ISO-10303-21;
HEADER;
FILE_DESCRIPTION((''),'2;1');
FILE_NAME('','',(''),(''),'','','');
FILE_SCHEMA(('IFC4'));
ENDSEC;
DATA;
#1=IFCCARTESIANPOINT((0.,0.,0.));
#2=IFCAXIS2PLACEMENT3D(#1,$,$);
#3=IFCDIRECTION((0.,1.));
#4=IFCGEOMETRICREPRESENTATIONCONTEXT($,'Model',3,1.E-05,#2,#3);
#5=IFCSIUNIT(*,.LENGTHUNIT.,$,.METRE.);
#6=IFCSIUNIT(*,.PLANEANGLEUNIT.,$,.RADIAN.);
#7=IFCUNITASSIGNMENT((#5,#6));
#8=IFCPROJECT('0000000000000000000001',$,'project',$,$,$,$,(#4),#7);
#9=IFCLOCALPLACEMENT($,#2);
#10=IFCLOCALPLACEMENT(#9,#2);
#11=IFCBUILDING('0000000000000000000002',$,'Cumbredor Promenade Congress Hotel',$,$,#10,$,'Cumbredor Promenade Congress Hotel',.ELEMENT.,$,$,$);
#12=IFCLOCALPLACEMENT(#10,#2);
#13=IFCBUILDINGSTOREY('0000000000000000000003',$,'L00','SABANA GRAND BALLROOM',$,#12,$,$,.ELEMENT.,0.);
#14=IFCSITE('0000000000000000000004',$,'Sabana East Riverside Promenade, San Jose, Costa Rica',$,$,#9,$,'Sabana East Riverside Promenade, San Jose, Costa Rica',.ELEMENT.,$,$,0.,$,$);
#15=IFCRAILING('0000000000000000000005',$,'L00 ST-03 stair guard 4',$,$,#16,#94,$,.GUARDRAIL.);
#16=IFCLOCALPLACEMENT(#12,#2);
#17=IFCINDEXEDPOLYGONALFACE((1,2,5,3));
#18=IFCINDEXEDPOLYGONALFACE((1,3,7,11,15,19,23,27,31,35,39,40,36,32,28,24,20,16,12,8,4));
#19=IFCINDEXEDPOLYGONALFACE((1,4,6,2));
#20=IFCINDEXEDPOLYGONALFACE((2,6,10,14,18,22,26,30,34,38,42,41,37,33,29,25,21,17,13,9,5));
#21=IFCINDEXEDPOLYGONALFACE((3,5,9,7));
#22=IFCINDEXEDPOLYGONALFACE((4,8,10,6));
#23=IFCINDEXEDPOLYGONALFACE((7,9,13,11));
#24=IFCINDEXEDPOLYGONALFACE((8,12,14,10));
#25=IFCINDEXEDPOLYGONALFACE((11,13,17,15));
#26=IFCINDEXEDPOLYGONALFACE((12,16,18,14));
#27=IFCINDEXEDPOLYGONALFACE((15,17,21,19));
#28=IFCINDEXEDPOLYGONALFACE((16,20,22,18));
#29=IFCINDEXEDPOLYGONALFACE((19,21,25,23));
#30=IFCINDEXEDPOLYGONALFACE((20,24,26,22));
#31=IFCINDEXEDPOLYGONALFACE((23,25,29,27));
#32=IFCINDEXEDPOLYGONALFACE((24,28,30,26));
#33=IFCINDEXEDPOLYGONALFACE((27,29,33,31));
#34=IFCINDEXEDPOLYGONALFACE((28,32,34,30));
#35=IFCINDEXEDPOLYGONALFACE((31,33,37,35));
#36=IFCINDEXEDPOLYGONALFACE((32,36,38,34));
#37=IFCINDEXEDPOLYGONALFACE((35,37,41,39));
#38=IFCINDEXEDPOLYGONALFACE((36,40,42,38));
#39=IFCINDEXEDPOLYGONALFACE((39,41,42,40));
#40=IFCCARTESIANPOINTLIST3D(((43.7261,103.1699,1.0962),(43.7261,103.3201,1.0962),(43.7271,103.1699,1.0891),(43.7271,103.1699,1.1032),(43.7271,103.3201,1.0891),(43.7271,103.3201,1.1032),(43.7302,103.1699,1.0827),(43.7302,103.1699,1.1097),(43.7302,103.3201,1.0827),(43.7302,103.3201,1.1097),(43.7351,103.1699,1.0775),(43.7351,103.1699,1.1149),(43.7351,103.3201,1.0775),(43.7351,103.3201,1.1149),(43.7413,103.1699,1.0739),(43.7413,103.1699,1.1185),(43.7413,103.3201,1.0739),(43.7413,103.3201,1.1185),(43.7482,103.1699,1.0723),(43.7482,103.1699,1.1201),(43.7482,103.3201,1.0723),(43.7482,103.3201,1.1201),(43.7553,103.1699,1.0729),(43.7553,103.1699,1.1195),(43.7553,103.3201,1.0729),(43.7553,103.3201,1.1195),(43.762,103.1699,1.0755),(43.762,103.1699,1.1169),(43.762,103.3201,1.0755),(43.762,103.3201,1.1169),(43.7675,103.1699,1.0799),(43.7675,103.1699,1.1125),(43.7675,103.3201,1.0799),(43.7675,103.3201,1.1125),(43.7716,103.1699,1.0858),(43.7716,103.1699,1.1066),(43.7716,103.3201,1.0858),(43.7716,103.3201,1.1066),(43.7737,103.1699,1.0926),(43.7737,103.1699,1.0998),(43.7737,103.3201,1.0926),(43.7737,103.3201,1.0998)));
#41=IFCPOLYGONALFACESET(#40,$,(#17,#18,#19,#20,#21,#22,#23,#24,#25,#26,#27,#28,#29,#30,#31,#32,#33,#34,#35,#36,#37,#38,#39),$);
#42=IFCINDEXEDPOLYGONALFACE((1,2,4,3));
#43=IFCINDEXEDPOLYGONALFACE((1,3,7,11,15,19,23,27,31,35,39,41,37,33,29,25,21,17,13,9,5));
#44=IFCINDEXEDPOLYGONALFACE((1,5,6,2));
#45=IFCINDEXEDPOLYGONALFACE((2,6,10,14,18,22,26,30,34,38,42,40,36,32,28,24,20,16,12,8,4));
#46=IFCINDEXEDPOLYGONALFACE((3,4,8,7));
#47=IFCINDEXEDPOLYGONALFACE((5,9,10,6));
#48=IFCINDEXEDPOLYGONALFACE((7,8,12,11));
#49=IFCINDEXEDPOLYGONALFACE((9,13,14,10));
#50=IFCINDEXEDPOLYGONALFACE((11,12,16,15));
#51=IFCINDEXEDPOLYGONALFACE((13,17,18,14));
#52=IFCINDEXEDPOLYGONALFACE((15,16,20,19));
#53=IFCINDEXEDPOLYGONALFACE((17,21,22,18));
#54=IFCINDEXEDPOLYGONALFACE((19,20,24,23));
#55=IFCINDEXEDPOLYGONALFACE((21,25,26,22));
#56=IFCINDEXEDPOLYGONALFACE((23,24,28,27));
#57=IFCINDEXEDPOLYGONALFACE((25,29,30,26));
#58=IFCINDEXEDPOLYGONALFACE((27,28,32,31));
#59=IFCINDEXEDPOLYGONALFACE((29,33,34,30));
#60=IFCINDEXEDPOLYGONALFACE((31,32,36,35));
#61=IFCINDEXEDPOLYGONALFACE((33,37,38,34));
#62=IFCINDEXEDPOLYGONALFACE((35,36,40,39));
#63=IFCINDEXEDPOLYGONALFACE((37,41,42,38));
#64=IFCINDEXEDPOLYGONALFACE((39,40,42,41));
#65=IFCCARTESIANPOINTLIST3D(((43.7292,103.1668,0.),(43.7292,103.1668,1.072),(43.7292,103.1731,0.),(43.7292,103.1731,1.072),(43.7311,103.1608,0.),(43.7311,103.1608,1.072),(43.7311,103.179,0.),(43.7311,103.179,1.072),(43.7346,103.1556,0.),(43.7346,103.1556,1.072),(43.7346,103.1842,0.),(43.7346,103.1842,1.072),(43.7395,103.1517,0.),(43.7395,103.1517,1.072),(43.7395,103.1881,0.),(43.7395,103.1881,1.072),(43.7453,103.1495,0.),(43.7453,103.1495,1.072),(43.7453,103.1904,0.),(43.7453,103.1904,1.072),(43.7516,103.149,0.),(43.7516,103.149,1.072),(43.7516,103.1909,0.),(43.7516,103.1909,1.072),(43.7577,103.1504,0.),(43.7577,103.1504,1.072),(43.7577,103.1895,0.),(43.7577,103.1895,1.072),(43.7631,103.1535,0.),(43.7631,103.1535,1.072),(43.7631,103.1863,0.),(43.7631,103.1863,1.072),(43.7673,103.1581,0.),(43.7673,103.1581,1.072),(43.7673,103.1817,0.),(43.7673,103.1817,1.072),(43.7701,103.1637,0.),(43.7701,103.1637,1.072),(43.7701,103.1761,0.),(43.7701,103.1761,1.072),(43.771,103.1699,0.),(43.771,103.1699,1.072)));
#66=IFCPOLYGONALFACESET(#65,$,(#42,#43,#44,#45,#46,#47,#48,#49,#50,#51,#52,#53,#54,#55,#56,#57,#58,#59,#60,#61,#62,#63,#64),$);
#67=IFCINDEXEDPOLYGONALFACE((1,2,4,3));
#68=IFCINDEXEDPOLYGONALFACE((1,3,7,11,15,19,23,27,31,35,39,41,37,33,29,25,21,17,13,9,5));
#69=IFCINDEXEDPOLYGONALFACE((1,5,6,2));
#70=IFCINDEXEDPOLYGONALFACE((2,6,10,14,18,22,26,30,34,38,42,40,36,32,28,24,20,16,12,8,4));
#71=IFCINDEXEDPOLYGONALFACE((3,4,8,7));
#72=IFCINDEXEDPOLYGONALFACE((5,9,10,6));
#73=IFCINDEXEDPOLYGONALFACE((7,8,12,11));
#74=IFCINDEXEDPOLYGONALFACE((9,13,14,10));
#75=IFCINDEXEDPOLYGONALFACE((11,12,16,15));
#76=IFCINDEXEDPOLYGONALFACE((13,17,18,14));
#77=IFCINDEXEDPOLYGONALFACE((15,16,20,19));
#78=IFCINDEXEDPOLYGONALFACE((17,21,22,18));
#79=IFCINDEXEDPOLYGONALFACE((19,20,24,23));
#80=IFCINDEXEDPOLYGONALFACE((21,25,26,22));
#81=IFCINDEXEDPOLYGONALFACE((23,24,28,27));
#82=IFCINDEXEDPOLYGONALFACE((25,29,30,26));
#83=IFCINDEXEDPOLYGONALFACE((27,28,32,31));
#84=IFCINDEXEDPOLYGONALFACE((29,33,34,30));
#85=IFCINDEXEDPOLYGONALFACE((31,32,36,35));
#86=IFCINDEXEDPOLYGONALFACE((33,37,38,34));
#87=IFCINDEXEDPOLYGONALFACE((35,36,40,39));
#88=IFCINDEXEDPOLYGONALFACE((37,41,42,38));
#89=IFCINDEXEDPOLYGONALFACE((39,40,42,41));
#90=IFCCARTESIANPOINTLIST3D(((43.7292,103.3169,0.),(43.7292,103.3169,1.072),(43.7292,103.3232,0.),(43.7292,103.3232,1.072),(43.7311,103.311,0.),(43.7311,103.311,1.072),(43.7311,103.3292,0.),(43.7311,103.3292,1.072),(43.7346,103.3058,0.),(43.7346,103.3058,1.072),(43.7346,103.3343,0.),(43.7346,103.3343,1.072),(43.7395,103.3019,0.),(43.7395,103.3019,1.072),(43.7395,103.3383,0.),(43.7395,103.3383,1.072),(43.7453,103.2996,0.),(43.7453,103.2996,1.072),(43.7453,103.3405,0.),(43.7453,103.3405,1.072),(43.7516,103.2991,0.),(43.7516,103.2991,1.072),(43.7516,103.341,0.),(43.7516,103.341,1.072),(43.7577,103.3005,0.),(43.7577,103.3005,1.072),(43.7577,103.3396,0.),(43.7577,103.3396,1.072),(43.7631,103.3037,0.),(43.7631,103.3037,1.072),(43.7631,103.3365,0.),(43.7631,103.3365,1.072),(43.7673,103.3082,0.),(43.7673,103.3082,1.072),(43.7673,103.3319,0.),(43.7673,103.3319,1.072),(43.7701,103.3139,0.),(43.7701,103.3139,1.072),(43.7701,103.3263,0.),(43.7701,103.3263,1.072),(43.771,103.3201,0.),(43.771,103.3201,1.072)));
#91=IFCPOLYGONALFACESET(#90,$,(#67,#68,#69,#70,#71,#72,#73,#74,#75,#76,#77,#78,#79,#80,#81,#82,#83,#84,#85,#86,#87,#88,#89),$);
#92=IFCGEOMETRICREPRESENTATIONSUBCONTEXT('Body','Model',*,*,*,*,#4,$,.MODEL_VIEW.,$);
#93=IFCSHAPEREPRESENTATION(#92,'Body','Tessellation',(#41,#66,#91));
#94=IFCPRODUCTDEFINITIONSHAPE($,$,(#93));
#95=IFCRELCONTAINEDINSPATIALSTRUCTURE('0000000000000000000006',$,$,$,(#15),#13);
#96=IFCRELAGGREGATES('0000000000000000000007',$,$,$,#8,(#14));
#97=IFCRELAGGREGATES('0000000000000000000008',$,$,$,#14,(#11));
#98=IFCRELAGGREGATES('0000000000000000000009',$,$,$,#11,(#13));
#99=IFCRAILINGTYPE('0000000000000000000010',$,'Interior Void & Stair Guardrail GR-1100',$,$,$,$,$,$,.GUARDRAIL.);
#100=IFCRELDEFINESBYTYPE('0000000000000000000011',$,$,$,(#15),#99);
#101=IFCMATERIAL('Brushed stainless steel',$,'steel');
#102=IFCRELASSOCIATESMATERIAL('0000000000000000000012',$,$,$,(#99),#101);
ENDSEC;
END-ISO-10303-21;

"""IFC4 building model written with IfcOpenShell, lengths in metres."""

from ifc_helpers import new_model, si_unit, direction, frame, origin, origin_2d, place, context, subcontext, project, spatial, circle, extrude, material, type_object, element, save


model = new_model("IFC4")

# Units and contexts
model_context = context("Model", 3, precision=1e-05, world=origin(), true_north=direction((0.0, 1.0)))
body_context = subcontext(model_context, "Body", "Model", "MODEL_VIEW")
ifc_project = project(units=[si_unit("LENGTHUNIT", "METRE"), si_unit("PLANEANGLEUNIT", "RADIAN")], contexts=[model_context])

# Site, building, storey
site_placement = place(None, origin())
site = spatial("IfcSite", under=ifc_project, at=site_placement, Name="Sabana East Riverside Promenade, San Jose, Costa Rica", LongName="Sabana East Riverside Promenade, San Jose, Costa Rica", CompositionType="ELEMENT", RefElevation=0.0)
building_placement = place(site_placement, origin())
building = spatial("IfcBuilding", under=site, at=building_placement, Name="Cumbredor Promenade Congress Hotel", LongName="Cumbredor Promenade Congress Hotel", CompositionType="ELEMENT")
storey_placement = place(building_placement, origin())
storey = spatial("IfcBuildingStorey", under=building, at=storey_placement, Name="L00", Description="SABANA GRAND BALLROOM", CompositionType="ELEMENT", Elevation=0.0)

# Railing
ifc_material_1 = material(Name="Brushed stainless steel", Category="steel")
railing_type_1 = type_object("IfcRailingType", Name="Interior Void & Stair Guardrail GR-1100", PredefinedType="GUARDRAIL", material=ifc_material_1)
railing_1_placement = place(storey_placement, frame((43.75, 103.1699, 0.0)))
element("IfcRailing", 1, at=railing_1_placement, inside=storey, type_object=railing_type_1, Name="L00 ST-03 stair guard 4", PredefinedType="GUARDRAIL", context=body_context, shape_type="SweptSolid", body=[
    extrude(circle(Radius=0.0239, at=origin_2d()), frame((0.0, 0.0, 1.0962), z_axis=(0.0, 1.0, 0.0), x_axis=(-1.0, 0.0, 0.0)), (0.0, 0.0, 1.0), 0.1501),
    extrude(circle(Radius=0.021, at=origin_2d()), origin(), (0.0, 0.0, 1.0), 1.072),
    extrude(circle(Radius=0.021, at=origin_2d()), frame((0.0, 0.1501, 0.0)), (0.0, 0.0, 1.0), 1.072),
])

save(model, "model.ifc")
